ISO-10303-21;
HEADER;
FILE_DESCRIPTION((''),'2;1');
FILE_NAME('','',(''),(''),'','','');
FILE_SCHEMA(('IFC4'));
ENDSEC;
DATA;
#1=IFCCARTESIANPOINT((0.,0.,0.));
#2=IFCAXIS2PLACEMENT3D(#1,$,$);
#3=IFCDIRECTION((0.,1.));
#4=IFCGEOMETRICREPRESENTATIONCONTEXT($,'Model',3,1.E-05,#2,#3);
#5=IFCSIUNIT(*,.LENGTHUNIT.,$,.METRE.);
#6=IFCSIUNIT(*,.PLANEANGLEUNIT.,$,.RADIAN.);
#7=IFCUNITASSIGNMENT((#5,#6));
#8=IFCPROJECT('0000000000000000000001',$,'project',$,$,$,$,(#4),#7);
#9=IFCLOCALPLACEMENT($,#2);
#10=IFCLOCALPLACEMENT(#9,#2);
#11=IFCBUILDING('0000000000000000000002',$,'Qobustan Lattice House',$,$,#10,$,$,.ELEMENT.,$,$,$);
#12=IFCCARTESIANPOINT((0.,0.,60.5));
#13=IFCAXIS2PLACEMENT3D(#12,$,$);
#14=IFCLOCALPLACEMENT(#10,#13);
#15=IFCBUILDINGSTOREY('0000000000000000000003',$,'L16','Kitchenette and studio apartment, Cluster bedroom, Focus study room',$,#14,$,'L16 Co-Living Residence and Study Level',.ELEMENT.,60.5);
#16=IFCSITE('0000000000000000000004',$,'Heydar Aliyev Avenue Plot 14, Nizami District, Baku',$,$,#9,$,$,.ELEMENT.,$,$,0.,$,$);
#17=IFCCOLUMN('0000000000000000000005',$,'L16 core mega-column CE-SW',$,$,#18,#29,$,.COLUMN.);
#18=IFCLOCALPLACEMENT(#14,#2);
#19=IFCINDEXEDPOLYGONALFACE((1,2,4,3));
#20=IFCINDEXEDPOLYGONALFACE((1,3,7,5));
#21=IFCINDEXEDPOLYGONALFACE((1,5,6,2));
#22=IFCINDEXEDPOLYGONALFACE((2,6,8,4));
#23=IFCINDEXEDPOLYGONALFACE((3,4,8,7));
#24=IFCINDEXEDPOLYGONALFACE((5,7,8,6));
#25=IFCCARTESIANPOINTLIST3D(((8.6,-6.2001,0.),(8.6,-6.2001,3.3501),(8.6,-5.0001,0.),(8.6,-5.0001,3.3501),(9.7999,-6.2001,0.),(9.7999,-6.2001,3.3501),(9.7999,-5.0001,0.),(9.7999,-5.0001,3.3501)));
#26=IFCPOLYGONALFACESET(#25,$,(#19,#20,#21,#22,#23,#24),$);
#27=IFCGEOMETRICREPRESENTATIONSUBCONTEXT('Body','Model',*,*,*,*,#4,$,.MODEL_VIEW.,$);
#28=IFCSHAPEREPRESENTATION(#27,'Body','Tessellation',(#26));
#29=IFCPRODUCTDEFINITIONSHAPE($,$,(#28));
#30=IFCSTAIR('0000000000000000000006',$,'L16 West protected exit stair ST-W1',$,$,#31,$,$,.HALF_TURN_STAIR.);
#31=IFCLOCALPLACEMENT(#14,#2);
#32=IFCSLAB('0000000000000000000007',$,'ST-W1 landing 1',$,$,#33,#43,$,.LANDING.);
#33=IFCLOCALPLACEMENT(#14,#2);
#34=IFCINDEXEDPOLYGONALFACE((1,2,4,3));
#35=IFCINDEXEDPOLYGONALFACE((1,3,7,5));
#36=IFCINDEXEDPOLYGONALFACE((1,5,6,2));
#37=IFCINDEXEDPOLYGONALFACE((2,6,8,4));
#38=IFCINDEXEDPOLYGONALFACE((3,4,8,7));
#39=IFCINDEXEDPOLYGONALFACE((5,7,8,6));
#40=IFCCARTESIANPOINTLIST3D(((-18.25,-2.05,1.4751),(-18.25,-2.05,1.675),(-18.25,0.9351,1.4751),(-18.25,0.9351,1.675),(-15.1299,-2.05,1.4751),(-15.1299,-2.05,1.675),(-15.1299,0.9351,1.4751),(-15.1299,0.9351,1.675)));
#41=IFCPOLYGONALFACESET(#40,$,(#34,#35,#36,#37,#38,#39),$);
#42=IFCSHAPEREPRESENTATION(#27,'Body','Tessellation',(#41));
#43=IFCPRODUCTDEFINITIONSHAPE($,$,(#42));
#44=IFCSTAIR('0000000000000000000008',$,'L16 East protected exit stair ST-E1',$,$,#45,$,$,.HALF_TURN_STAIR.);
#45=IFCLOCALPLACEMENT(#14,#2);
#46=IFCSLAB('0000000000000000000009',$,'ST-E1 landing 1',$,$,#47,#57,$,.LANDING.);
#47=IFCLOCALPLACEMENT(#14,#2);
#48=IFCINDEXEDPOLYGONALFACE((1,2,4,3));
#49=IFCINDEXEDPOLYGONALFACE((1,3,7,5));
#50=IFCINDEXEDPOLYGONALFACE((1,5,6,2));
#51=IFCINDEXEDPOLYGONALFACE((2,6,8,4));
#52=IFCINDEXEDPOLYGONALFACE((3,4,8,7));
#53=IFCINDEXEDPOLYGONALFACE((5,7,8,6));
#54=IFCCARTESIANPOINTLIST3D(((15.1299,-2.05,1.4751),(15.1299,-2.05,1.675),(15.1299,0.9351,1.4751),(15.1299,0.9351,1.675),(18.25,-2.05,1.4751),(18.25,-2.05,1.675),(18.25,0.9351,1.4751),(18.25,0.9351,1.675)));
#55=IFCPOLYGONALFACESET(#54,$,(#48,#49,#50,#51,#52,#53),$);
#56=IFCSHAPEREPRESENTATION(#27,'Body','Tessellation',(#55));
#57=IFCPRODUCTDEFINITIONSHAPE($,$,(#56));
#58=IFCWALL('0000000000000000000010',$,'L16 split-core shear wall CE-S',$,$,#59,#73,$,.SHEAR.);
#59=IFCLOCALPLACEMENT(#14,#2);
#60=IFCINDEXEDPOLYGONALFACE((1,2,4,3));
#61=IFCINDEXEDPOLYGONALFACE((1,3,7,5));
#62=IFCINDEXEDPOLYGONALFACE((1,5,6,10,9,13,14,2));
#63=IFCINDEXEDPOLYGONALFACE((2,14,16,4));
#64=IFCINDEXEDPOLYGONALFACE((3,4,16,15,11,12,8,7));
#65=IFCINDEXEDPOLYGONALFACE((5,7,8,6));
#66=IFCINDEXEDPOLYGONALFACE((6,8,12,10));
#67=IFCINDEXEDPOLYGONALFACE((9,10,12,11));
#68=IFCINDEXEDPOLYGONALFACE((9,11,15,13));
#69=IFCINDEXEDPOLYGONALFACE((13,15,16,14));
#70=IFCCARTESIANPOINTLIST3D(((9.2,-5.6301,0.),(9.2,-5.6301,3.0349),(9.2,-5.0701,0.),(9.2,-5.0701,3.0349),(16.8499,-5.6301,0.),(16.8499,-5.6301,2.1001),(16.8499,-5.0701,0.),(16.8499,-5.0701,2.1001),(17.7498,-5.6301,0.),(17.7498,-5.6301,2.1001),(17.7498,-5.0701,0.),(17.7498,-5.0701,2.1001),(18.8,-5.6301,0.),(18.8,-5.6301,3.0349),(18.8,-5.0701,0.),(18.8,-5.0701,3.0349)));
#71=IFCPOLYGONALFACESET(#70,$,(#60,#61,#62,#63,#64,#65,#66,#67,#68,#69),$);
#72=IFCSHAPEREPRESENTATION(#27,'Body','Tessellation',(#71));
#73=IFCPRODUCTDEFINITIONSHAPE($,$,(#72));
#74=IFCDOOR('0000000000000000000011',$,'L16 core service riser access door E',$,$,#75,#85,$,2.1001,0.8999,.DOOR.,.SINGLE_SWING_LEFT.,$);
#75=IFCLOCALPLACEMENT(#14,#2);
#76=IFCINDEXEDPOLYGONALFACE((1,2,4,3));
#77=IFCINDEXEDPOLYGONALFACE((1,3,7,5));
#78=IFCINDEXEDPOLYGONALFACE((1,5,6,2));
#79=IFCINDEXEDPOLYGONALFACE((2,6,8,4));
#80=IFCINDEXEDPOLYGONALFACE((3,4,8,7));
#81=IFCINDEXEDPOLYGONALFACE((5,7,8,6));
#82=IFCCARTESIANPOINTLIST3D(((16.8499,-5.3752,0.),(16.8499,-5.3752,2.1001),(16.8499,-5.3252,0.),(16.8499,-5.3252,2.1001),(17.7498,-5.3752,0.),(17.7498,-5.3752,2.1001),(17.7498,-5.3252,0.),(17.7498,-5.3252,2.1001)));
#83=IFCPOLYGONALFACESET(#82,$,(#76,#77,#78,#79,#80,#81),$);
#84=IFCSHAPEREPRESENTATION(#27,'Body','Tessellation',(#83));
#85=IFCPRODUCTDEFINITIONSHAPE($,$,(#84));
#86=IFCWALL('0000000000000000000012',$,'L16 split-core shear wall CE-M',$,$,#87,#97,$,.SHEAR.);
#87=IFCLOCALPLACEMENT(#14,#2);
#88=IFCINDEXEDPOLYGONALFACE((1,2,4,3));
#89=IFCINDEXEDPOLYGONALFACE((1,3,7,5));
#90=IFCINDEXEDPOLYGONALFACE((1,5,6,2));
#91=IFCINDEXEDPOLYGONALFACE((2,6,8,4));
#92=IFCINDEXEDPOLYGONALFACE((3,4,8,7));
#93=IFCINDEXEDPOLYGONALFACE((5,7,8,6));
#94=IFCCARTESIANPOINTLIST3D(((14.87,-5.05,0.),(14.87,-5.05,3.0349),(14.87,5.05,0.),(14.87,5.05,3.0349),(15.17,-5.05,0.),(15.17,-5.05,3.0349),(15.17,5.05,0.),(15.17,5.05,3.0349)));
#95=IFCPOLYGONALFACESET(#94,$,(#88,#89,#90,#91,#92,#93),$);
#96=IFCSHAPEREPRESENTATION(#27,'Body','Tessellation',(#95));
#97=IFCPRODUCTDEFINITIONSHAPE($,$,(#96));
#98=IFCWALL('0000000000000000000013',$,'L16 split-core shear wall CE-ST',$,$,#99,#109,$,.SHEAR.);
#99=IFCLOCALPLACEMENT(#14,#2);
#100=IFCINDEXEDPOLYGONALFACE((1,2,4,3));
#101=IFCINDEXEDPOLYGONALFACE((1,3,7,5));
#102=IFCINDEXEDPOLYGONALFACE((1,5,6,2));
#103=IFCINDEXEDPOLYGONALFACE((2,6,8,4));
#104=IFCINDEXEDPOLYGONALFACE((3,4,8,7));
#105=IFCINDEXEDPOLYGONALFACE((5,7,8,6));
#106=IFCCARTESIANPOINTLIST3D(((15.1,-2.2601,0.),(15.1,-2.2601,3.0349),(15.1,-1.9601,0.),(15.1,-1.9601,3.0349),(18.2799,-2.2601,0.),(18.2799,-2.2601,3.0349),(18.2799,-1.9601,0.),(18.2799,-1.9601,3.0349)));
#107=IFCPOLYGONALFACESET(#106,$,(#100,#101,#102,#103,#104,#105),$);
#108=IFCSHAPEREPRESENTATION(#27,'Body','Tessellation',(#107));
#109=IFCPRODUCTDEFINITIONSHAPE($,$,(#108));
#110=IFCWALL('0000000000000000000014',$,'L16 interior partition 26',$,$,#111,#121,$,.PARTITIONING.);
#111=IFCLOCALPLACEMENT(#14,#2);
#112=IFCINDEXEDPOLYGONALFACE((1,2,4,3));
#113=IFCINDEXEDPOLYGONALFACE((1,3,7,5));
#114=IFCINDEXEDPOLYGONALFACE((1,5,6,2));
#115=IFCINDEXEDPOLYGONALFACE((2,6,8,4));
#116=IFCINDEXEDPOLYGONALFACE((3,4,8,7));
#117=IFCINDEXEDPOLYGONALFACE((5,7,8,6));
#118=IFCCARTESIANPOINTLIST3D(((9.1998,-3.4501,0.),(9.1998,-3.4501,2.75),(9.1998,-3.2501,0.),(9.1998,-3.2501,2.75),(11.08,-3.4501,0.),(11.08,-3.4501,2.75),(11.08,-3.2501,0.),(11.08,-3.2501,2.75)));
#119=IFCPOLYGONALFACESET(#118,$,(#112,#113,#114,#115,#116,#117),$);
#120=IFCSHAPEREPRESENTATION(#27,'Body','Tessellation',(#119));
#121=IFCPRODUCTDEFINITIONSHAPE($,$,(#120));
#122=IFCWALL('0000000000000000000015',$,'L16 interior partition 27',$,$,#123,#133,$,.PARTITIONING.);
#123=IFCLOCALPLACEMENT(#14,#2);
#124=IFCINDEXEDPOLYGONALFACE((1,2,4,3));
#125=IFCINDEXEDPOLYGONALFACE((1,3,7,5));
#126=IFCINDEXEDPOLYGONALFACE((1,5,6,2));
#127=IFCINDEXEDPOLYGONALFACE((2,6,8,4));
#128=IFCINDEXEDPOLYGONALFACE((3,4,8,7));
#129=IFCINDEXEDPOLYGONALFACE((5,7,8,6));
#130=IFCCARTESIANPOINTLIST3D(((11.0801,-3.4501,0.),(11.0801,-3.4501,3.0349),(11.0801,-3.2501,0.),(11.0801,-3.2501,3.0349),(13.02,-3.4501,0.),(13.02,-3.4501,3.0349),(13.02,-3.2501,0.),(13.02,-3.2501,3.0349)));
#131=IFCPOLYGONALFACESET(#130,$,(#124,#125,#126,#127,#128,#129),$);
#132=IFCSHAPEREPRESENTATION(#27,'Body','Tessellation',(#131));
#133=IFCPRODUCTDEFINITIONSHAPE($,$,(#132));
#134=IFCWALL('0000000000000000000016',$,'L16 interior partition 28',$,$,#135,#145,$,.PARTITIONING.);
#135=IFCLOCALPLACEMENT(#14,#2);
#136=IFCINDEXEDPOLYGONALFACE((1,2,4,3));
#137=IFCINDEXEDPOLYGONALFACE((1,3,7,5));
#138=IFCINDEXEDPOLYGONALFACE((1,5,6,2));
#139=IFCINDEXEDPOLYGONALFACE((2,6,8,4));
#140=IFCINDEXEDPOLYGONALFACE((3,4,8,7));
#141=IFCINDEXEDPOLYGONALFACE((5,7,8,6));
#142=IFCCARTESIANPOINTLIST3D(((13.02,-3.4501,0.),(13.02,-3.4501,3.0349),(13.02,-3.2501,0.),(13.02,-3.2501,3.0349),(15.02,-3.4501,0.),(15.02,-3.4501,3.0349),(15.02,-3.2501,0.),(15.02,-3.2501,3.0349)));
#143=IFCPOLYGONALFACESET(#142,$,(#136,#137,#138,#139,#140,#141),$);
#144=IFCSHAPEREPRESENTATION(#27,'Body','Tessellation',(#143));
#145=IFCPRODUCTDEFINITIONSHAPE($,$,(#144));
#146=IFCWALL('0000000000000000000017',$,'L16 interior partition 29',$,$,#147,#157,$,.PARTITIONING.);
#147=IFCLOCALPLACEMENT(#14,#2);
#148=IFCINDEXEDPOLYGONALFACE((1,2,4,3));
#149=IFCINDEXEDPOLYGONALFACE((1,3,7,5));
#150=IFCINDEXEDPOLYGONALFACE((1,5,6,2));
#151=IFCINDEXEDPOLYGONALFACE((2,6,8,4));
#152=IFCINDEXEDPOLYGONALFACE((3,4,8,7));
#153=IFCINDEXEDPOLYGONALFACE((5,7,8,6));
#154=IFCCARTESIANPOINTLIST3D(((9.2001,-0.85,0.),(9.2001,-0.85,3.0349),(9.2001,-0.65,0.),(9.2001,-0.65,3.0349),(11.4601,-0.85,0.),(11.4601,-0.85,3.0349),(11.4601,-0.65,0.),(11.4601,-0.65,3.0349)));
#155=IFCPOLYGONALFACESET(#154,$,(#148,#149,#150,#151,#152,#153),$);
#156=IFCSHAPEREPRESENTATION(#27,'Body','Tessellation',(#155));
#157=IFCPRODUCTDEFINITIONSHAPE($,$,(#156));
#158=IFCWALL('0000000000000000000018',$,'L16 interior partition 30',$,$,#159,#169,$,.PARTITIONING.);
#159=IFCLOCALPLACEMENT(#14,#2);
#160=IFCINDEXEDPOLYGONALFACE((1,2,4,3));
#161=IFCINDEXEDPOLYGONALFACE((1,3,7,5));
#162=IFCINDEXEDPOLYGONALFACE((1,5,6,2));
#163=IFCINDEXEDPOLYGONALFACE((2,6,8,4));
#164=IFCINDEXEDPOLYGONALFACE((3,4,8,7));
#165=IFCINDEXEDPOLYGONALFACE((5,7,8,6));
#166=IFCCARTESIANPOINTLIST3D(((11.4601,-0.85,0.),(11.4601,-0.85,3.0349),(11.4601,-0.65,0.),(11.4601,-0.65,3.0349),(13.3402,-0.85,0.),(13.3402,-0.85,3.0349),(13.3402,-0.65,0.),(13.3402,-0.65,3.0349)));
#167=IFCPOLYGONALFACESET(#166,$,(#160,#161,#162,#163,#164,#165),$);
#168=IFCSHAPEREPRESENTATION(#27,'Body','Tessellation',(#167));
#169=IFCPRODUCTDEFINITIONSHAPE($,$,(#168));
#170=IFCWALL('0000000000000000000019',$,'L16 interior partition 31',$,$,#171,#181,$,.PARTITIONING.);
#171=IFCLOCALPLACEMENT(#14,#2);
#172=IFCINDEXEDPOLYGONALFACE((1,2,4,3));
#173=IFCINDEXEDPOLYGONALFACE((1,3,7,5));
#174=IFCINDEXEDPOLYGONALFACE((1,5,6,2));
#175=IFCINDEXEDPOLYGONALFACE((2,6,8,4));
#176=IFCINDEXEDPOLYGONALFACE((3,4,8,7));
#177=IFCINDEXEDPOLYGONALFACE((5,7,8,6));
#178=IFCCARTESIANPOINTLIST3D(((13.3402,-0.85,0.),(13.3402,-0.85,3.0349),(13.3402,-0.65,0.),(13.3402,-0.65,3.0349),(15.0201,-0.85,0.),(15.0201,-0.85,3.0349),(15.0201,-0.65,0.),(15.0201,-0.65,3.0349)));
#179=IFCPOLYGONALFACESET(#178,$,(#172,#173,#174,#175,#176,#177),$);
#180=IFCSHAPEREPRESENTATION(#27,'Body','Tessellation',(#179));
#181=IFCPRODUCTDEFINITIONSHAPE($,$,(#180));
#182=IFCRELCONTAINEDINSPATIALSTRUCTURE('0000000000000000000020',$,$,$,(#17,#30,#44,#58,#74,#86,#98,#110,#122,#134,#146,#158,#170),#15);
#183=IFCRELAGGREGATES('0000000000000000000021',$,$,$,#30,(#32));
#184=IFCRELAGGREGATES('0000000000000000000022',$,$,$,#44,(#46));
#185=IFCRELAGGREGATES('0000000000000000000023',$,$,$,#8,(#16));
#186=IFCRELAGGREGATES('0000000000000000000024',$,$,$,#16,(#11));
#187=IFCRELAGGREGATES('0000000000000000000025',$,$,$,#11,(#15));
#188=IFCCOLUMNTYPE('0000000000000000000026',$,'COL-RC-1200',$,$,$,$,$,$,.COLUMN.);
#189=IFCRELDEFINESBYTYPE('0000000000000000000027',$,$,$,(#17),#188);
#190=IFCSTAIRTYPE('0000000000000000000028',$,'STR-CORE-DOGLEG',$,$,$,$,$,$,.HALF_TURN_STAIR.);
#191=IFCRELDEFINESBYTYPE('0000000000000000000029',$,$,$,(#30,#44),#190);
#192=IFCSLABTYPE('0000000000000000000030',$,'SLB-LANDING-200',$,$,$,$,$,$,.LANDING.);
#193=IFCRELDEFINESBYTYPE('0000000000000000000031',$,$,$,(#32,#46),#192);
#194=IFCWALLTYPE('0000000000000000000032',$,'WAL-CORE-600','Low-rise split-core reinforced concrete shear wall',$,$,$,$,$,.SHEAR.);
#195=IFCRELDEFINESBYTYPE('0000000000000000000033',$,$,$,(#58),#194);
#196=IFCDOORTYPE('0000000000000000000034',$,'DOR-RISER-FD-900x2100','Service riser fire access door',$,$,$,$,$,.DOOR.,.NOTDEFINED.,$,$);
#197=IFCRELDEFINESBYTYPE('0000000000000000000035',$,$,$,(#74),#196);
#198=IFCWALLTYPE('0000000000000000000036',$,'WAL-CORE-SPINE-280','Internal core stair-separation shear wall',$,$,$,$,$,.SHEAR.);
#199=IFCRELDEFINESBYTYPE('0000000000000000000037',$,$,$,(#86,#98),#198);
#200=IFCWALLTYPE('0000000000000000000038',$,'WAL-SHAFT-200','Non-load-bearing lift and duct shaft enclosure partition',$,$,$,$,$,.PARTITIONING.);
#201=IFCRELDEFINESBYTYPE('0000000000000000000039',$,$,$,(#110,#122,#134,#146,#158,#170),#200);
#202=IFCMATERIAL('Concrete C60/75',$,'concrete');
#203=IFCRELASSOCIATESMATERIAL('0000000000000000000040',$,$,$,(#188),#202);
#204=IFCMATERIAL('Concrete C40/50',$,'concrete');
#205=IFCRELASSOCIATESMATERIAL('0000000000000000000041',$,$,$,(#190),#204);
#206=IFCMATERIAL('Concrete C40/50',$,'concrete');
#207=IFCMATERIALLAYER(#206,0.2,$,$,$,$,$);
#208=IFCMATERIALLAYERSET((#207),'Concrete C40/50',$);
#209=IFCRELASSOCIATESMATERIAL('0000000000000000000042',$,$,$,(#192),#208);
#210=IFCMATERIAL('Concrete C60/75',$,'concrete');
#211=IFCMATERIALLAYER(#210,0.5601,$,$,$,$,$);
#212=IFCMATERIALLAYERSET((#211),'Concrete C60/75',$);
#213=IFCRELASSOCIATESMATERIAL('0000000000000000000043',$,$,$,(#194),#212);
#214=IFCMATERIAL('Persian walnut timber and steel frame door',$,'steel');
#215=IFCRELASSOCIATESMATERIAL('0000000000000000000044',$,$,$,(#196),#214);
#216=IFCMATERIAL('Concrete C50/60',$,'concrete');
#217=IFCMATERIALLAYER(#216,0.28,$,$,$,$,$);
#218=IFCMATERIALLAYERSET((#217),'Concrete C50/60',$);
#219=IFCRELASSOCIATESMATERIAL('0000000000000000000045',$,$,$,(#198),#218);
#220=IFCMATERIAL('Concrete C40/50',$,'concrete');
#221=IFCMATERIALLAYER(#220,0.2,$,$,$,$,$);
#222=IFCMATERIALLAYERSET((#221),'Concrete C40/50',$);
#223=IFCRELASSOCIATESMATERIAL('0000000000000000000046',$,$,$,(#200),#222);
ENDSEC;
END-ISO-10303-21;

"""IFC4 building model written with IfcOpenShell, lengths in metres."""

from ifc_helpers import new_model, si_unit, direction, frame, frame_2d, origin, origin_2d, place, context, subcontext, project, spatial, polyline, rectangle, outline, extrude, material, layer, layer_set, material_profile, profile_set, type_object, element, fill, aggregate, save


model = new_model("IFC4")

# Units and contexts
model_context = context("Model", 3, precision=1e-05, world=origin(), true_north=direction((0.0, 1.0)))
body_context = subcontext(model_context, "Body", "Model", "MODEL_VIEW")
ifc_project = project(units=[si_unit("LENGTHUNIT", "METRE"), si_unit("PLANEANGLEUNIT", "RADIAN")], contexts=[model_context])

# Site, building, storey
site_placement = place(None, origin())
site = spatial("IfcSite", under=ifc_project, at=site_placement, Name="Heydar Aliyev Avenue Plot 14, Nizami District, Baku", CompositionType="ELEMENT", RefElevation=0.0)
building_placement = place(site_placement, origin())
building = spatial("IfcBuilding", under=site, at=building_placement, Name="Qobustan Lattice House", CompositionType="ELEMENT")
storey_placement = place(building_placement, frame((0.0, 0.0, 60.5)))
storey = spatial("IfcBuildingStorey", under=building, at=storey_placement, Name="L16", Description="Kitchenette and studio apartment, Cluster bedroom, Focus study room", LongName="L16 Co-Living Residence and Study Level", CompositionType="ELEMENT", Elevation=60.5)

# Column
ifc_material_1 = material(Name="Concrete C60/75", Category="concrete")
ifc_material_profile = material_profile(ifc_material_1, rectangle(XDim=1.2, YDim=1.2, at=origin_2d()), Name="RC1200x1200")
ifc_profile_set = profile_set([ifc_material_profile], Name="Concrete C60/75")
column_type = type_object("IfcColumnType", Name="COL-RC-1200", PredefinedType="COLUMN", material=ifc_profile_set)
column_placement = place(storey_placement, frame((9.2, -5.6001, 0.0), z_axis=(0.0, 0.0, 1.0), x_axis=(1.0, 0.0, 0.0)))
element("IfcColumn", 1, at=column_placement, inside=storey, type_object=column_type, Name="L16 core mega-column CE-SW", PredefinedType="COLUMN", context=body_context, shape_type="SweptSolid", body=[
    extrude(rectangle(XDim=1.2, YDim=1.2, at=origin_2d()), origin(), (0.0, 0.0, 1.0), 3.3501),
])

# Stairs, slabs
ifc_material_2 = material(Name="Concrete C40/50", Category="concrete")
stair_type = type_object("IfcStairType", Name="STR-CORE-DOGLEG", PredefinedType="HALF_TURN_STAIR", material=ifc_material_2)
stair_1_placement = place(storey_placement, origin())
stair_1 = element("IfcStair", 2, at=stair_1_placement, inside=storey, type_object=stair_type, Name="L16 West protected exit stair ST-W1", PredefinedType="HALF_TURN_STAIR")
ifc_material_3 = material(Name="Concrete C40/50", Category="concrete")
ifc_layer_1 = layer(ifc_material_3, 0.2)
ifc_layer_set_1 = layer_set([ifc_layer_1], Name="Concrete C40/50")
slab_type = type_object("IfcSlabType", Name="SLB-LANDING-200", PredefinedType="LANDING", material=ifc_layer_set_1)
slab_1_placement = place(storey_placement, frame((0.0, 0.0, 1.4751)))
slab_1 = element("IfcSlab", 3, at=slab_1_placement, type_object=slab_type, Name="ST-W1 landing 1", PredefinedType="LANDING", context=body_context, shape_type="SweptSolid", body=[
    extrude(outline(polyline([(-18.25, 0.9351), (-18.25, -2.05), (-15.1299, -2.05), (-15.1299, 0.9351), (-18.25, 0.9351)])), origin(), (0.0, 0.0, 1.0), 0.2),
])
aggregate(stair_1, [slab_1])
stair_2_placement = place(storey_placement, origin())
stair_2 = element("IfcStair", 4, at=stair_2_placement, inside=storey, type_object=stair_type, Name="L16 East protected exit stair ST-E1", PredefinedType="HALF_TURN_STAIR")
slab_2_placement = place(storey_placement, frame((0.0, 0.0, 1.4751)))
slab_2 = element("IfcSlab", 5, at=slab_2_placement, type_object=slab_type, Name="ST-E1 landing 1", PredefinedType="LANDING", context=body_context, shape_type="SweptSolid", body=[
    extrude(outline(polyline([(15.1299, 0.9351), (15.1299, -2.05), (18.25, -2.05), (18.25, 0.9351), (15.1299, 0.9351)])), origin(), (0.0, 0.0, 1.0), 0.2),
])
aggregate(stair_2, [slab_2])

# Wall, opening, door
ifc_material_4 = material(Name="Concrete C60/75", Category="concrete")
ifc_layer_2 = layer(ifc_material_4, 0.5601)
ifc_layer_set_2 = layer_set([ifc_layer_2], Name="Concrete C60/75")
wall_type_1 = type_object("IfcWallType", Name="WAL-CORE-600", Description="Low-rise split-core reinforced concrete shear wall", PredefinedType="SHEAR", material=ifc_layer_set_2)
wall_1_placement = place(storey_placement, frame((9.2, -5.3501, 0.0), z_axis=(0.0, 0.0, 1.0), x_axis=(1.0, 0.0, 0.0)))
wall_1 = element("IfcWall", 6, at=wall_1_placement, inside=storey, type_object=wall_type_1, Name="L16 split-core shear wall CE-S", PredefinedType="SHEAR", context=body_context, shape_type="SweptSolid", body=[
    extrude(rectangle(XDim=9.6001, YDim=0.5601, at=frame_2d((4.8, 0.0))), origin(), (0.0, 0.0, 1.0), 3.0349),
])
opening_1_placement = place(wall_1_placement, frame((7.6499, 0.0, 0.0)))
opening_1 = element("IfcOpeningElement", 7, at=opening_1_placement, cuts=wall_1, PredefinedType="OPENING", context=body_context, shape_type="SweptSolid", body=[
    extrude(rectangle(XDim=0.8999, YDim=2.1001, at=frame_2d((0.45, 1.05))), frame((0.0, 0.29, 0.0), z_axis=(0.0, -1.0, 0.0), x_axis=(1.0, 0.0, 0.0)), (0.0, 0.0, 1.0), 0.5801),
])
ifc_material_5 = material(Name="Persian walnut timber and steel frame door", Category="steel")
door_type_1 = type_object("IfcDoorType", Name="DOR-RISER-FD-900x2100", Description="Service riser fire access door", OperationType="NOTDEFINED", PredefinedType="DOOR", material=ifc_material_5)
door_1_placement = place(opening_1_placement, origin())
door_1 = element("IfcDoor", 8, at=door_1_placement, inside=storey, type_object=door_type_1, Name="L16 core service riser access door E", OperationType="SINGLE_SWING_LEFT", OverallHeight=2.1001, OverallWidth=0.8999, PredefinedType="DOOR", context=body_context, shape_type="SweptSolid", body=[
    extrude(rectangle(XDim=0.8999, YDim=2.1001, at=frame_2d((0.45, 1.05))), frame((0.0, 0.0249, 0.0), z_axis=(0.0, -1.0, 0.0), x_axis=(1.0, 0.0, 0.0)), (0.0, 0.0, 1.0), 0.05),
])
fill(opening_1, door_1)

# Walls
ifc_material_6 = material(Name="Concrete C50/60", Category="concrete")
ifc_layer_3 = layer(ifc_material_6, 0.28)
ifc_layer_set_3 = layer_set([ifc_layer_3], Name="Concrete C50/60")
wall_type_2 = type_object("IfcWallType", Name="WAL-CORE-SPINE-280", Description="Internal core stair-separation shear wall", PredefinedType="SHEAR", material=ifc_layer_set_3)
wall_2_placement = place(storey_placement, frame((15.02, -5.05, 0.0), z_axis=(0.0, 0.0, 1.0), x_axis=(0.0, 1.0, 0.0)))
element("IfcWall", 9, at=wall_2_placement, inside=storey, type_object=wall_type_2, Name="L16 split-core shear wall CE-M", PredefinedType="SHEAR", context=body_context, shape_type="SweptSolid", body=[
    extrude(rectangle(XDim=10.1001, YDim=0.3, at=frame_2d((5.05, 0.0))), origin(), (0.0, 0.0, 1.0), 3.0349),
])
wall_3_placement = place(storey_placement, frame((15.1001, -2.1101, 0.0), z_axis=(0.0, 0.0, 1.0), x_axis=(1.0, 0.0, 0.0)))
element("IfcWall", 10, at=wall_3_placement, inside=storey, type_object=wall_type_2, Name="L16 split-core shear wall CE-ST", PredefinedType="SHEAR", context=body_context, shape_type="SweptSolid", body=[
    extrude(rectangle(XDim=3.1799, YDim=0.3, at=frame_2d((1.5898, 0.0))), origin(), (0.0, 0.0, 1.0), 3.0349),
])
ifc_material_7 = material(Name="Concrete C40/50", Category="concrete")
ifc_layer_4 = layer(ifc_material_7, 0.2)
ifc_layer_set_4 = layer_set([ifc_layer_4], Name="Concrete C40/50")
wall_type_3 = type_object("IfcWallType", Name="WAL-SHAFT-200", Description="Non-load-bearing lift and duct shaft enclosure partition", PredefinedType="PARTITIONING", material=ifc_layer_set_4)
wall_4_placement = place(storey_placement, frame((9.2, -3.3501, 0.0), z_axis=(0.0, 0.0, 1.0), x_axis=(1.0, 0.0, 0.0)))
element("IfcWall", 11, at=wall_4_placement, inside=storey, type_object=wall_type_3, Name="L16 interior partition 26", PredefinedType="PARTITIONING", context=body_context, shape_type="SweptSolid", body=[
    extrude(rectangle(XDim=1.8801, YDim=0.2, at=frame_2d((0.9399, 0.0))), origin(), (0.0, 0.0, 1.0), 2.75),
])
wall_5_placement = place(storey_placement, frame((11.0801, -3.3501, 0.0), z_axis=(0.0, 0.0, 1.0), x_axis=(1.0, 0.0, 0.0)))
element("IfcWall", 12, at=wall_5_placement, inside=storey, type_object=wall_type_3, Name="L16 interior partition 27", PredefinedType="PARTITIONING", context=body_context, shape_type="SweptSolid", body=[
    extrude(rectangle(XDim=1.9399, YDim=0.2, at=frame_2d((0.97, 0.0))), origin(), (0.0, 0.0, 1.0), 3.0349),
])
wall_6_placement = place(storey_placement, frame((13.02, -3.3501, 0.0), z_axis=(0.0, 0.0, 1.0), x_axis=(1.0, 0.0, 0.0)))
element("IfcWall", 13, at=wall_6_placement, inside=storey, type_object=wall_type_3, Name="L16 interior partition 28", PredefinedType="PARTITIONING", context=body_context, shape_type="SweptSolid", body=[
    extrude(rectangle(XDim=2.0, YDim=0.2, at=frame_2d((1.0, 0.0))), origin(), (0.0, 0.0, 1.0), 3.0349),
])
wall_7_placement = place(storey_placement, frame((11.46, -0.75, 0.0), z_axis=(0.0, 0.0, 1.0), x_axis=(-1.0, 0.0, 0.0)))
element("IfcWall", 14, at=wall_7_placement, inside=storey, type_object=wall_type_3, Name="L16 interior partition 29", PredefinedType="PARTITIONING", context=body_context, shape_type="SweptSolid", body=[
    extrude(rectangle(XDim=2.26, YDim=0.2, at=frame_2d((1.1299, 0.0))), origin(), (0.0, 0.0, 1.0), 3.0349),
])
wall_8_placement = place(storey_placement, frame((13.3401, -0.75, 0.0), z_axis=(0.0, 0.0, 1.0), x_axis=(-1.0, 0.0, 0.0)))
element("IfcWall", 15, at=wall_8_placement, inside=storey, type_object=wall_type_3, Name="L16 interior partition 30", PredefinedType="PARTITIONING", context=body_context, shape_type="SweptSolid", body=[
    extrude(rectangle(XDim=1.8801, YDim=0.2, at=frame_2d((0.9399, 0.0))), origin(), (0.0, 0.0, 1.0), 3.0349),
])
wall_9_placement = place(storey_placement, frame((15.02, -0.75, 0.0), z_axis=(0.0, 0.0, 1.0), x_axis=(-1.0, 0.0, 0.0)))
element("IfcWall", 16, at=wall_9_placement, inside=storey, type_object=wall_type_3, Name="L16 interior partition 31", PredefinedType="PARTITIONING", context=body_context, shape_type="SweptSolid", body=[
    extrude(rectangle(XDim=1.6799, YDim=0.2, at=frame_2d((0.8398, 0.0))), origin(), (0.0, 0.0, 1.0), 3.0349),
])

save(model, "model.ifc")
